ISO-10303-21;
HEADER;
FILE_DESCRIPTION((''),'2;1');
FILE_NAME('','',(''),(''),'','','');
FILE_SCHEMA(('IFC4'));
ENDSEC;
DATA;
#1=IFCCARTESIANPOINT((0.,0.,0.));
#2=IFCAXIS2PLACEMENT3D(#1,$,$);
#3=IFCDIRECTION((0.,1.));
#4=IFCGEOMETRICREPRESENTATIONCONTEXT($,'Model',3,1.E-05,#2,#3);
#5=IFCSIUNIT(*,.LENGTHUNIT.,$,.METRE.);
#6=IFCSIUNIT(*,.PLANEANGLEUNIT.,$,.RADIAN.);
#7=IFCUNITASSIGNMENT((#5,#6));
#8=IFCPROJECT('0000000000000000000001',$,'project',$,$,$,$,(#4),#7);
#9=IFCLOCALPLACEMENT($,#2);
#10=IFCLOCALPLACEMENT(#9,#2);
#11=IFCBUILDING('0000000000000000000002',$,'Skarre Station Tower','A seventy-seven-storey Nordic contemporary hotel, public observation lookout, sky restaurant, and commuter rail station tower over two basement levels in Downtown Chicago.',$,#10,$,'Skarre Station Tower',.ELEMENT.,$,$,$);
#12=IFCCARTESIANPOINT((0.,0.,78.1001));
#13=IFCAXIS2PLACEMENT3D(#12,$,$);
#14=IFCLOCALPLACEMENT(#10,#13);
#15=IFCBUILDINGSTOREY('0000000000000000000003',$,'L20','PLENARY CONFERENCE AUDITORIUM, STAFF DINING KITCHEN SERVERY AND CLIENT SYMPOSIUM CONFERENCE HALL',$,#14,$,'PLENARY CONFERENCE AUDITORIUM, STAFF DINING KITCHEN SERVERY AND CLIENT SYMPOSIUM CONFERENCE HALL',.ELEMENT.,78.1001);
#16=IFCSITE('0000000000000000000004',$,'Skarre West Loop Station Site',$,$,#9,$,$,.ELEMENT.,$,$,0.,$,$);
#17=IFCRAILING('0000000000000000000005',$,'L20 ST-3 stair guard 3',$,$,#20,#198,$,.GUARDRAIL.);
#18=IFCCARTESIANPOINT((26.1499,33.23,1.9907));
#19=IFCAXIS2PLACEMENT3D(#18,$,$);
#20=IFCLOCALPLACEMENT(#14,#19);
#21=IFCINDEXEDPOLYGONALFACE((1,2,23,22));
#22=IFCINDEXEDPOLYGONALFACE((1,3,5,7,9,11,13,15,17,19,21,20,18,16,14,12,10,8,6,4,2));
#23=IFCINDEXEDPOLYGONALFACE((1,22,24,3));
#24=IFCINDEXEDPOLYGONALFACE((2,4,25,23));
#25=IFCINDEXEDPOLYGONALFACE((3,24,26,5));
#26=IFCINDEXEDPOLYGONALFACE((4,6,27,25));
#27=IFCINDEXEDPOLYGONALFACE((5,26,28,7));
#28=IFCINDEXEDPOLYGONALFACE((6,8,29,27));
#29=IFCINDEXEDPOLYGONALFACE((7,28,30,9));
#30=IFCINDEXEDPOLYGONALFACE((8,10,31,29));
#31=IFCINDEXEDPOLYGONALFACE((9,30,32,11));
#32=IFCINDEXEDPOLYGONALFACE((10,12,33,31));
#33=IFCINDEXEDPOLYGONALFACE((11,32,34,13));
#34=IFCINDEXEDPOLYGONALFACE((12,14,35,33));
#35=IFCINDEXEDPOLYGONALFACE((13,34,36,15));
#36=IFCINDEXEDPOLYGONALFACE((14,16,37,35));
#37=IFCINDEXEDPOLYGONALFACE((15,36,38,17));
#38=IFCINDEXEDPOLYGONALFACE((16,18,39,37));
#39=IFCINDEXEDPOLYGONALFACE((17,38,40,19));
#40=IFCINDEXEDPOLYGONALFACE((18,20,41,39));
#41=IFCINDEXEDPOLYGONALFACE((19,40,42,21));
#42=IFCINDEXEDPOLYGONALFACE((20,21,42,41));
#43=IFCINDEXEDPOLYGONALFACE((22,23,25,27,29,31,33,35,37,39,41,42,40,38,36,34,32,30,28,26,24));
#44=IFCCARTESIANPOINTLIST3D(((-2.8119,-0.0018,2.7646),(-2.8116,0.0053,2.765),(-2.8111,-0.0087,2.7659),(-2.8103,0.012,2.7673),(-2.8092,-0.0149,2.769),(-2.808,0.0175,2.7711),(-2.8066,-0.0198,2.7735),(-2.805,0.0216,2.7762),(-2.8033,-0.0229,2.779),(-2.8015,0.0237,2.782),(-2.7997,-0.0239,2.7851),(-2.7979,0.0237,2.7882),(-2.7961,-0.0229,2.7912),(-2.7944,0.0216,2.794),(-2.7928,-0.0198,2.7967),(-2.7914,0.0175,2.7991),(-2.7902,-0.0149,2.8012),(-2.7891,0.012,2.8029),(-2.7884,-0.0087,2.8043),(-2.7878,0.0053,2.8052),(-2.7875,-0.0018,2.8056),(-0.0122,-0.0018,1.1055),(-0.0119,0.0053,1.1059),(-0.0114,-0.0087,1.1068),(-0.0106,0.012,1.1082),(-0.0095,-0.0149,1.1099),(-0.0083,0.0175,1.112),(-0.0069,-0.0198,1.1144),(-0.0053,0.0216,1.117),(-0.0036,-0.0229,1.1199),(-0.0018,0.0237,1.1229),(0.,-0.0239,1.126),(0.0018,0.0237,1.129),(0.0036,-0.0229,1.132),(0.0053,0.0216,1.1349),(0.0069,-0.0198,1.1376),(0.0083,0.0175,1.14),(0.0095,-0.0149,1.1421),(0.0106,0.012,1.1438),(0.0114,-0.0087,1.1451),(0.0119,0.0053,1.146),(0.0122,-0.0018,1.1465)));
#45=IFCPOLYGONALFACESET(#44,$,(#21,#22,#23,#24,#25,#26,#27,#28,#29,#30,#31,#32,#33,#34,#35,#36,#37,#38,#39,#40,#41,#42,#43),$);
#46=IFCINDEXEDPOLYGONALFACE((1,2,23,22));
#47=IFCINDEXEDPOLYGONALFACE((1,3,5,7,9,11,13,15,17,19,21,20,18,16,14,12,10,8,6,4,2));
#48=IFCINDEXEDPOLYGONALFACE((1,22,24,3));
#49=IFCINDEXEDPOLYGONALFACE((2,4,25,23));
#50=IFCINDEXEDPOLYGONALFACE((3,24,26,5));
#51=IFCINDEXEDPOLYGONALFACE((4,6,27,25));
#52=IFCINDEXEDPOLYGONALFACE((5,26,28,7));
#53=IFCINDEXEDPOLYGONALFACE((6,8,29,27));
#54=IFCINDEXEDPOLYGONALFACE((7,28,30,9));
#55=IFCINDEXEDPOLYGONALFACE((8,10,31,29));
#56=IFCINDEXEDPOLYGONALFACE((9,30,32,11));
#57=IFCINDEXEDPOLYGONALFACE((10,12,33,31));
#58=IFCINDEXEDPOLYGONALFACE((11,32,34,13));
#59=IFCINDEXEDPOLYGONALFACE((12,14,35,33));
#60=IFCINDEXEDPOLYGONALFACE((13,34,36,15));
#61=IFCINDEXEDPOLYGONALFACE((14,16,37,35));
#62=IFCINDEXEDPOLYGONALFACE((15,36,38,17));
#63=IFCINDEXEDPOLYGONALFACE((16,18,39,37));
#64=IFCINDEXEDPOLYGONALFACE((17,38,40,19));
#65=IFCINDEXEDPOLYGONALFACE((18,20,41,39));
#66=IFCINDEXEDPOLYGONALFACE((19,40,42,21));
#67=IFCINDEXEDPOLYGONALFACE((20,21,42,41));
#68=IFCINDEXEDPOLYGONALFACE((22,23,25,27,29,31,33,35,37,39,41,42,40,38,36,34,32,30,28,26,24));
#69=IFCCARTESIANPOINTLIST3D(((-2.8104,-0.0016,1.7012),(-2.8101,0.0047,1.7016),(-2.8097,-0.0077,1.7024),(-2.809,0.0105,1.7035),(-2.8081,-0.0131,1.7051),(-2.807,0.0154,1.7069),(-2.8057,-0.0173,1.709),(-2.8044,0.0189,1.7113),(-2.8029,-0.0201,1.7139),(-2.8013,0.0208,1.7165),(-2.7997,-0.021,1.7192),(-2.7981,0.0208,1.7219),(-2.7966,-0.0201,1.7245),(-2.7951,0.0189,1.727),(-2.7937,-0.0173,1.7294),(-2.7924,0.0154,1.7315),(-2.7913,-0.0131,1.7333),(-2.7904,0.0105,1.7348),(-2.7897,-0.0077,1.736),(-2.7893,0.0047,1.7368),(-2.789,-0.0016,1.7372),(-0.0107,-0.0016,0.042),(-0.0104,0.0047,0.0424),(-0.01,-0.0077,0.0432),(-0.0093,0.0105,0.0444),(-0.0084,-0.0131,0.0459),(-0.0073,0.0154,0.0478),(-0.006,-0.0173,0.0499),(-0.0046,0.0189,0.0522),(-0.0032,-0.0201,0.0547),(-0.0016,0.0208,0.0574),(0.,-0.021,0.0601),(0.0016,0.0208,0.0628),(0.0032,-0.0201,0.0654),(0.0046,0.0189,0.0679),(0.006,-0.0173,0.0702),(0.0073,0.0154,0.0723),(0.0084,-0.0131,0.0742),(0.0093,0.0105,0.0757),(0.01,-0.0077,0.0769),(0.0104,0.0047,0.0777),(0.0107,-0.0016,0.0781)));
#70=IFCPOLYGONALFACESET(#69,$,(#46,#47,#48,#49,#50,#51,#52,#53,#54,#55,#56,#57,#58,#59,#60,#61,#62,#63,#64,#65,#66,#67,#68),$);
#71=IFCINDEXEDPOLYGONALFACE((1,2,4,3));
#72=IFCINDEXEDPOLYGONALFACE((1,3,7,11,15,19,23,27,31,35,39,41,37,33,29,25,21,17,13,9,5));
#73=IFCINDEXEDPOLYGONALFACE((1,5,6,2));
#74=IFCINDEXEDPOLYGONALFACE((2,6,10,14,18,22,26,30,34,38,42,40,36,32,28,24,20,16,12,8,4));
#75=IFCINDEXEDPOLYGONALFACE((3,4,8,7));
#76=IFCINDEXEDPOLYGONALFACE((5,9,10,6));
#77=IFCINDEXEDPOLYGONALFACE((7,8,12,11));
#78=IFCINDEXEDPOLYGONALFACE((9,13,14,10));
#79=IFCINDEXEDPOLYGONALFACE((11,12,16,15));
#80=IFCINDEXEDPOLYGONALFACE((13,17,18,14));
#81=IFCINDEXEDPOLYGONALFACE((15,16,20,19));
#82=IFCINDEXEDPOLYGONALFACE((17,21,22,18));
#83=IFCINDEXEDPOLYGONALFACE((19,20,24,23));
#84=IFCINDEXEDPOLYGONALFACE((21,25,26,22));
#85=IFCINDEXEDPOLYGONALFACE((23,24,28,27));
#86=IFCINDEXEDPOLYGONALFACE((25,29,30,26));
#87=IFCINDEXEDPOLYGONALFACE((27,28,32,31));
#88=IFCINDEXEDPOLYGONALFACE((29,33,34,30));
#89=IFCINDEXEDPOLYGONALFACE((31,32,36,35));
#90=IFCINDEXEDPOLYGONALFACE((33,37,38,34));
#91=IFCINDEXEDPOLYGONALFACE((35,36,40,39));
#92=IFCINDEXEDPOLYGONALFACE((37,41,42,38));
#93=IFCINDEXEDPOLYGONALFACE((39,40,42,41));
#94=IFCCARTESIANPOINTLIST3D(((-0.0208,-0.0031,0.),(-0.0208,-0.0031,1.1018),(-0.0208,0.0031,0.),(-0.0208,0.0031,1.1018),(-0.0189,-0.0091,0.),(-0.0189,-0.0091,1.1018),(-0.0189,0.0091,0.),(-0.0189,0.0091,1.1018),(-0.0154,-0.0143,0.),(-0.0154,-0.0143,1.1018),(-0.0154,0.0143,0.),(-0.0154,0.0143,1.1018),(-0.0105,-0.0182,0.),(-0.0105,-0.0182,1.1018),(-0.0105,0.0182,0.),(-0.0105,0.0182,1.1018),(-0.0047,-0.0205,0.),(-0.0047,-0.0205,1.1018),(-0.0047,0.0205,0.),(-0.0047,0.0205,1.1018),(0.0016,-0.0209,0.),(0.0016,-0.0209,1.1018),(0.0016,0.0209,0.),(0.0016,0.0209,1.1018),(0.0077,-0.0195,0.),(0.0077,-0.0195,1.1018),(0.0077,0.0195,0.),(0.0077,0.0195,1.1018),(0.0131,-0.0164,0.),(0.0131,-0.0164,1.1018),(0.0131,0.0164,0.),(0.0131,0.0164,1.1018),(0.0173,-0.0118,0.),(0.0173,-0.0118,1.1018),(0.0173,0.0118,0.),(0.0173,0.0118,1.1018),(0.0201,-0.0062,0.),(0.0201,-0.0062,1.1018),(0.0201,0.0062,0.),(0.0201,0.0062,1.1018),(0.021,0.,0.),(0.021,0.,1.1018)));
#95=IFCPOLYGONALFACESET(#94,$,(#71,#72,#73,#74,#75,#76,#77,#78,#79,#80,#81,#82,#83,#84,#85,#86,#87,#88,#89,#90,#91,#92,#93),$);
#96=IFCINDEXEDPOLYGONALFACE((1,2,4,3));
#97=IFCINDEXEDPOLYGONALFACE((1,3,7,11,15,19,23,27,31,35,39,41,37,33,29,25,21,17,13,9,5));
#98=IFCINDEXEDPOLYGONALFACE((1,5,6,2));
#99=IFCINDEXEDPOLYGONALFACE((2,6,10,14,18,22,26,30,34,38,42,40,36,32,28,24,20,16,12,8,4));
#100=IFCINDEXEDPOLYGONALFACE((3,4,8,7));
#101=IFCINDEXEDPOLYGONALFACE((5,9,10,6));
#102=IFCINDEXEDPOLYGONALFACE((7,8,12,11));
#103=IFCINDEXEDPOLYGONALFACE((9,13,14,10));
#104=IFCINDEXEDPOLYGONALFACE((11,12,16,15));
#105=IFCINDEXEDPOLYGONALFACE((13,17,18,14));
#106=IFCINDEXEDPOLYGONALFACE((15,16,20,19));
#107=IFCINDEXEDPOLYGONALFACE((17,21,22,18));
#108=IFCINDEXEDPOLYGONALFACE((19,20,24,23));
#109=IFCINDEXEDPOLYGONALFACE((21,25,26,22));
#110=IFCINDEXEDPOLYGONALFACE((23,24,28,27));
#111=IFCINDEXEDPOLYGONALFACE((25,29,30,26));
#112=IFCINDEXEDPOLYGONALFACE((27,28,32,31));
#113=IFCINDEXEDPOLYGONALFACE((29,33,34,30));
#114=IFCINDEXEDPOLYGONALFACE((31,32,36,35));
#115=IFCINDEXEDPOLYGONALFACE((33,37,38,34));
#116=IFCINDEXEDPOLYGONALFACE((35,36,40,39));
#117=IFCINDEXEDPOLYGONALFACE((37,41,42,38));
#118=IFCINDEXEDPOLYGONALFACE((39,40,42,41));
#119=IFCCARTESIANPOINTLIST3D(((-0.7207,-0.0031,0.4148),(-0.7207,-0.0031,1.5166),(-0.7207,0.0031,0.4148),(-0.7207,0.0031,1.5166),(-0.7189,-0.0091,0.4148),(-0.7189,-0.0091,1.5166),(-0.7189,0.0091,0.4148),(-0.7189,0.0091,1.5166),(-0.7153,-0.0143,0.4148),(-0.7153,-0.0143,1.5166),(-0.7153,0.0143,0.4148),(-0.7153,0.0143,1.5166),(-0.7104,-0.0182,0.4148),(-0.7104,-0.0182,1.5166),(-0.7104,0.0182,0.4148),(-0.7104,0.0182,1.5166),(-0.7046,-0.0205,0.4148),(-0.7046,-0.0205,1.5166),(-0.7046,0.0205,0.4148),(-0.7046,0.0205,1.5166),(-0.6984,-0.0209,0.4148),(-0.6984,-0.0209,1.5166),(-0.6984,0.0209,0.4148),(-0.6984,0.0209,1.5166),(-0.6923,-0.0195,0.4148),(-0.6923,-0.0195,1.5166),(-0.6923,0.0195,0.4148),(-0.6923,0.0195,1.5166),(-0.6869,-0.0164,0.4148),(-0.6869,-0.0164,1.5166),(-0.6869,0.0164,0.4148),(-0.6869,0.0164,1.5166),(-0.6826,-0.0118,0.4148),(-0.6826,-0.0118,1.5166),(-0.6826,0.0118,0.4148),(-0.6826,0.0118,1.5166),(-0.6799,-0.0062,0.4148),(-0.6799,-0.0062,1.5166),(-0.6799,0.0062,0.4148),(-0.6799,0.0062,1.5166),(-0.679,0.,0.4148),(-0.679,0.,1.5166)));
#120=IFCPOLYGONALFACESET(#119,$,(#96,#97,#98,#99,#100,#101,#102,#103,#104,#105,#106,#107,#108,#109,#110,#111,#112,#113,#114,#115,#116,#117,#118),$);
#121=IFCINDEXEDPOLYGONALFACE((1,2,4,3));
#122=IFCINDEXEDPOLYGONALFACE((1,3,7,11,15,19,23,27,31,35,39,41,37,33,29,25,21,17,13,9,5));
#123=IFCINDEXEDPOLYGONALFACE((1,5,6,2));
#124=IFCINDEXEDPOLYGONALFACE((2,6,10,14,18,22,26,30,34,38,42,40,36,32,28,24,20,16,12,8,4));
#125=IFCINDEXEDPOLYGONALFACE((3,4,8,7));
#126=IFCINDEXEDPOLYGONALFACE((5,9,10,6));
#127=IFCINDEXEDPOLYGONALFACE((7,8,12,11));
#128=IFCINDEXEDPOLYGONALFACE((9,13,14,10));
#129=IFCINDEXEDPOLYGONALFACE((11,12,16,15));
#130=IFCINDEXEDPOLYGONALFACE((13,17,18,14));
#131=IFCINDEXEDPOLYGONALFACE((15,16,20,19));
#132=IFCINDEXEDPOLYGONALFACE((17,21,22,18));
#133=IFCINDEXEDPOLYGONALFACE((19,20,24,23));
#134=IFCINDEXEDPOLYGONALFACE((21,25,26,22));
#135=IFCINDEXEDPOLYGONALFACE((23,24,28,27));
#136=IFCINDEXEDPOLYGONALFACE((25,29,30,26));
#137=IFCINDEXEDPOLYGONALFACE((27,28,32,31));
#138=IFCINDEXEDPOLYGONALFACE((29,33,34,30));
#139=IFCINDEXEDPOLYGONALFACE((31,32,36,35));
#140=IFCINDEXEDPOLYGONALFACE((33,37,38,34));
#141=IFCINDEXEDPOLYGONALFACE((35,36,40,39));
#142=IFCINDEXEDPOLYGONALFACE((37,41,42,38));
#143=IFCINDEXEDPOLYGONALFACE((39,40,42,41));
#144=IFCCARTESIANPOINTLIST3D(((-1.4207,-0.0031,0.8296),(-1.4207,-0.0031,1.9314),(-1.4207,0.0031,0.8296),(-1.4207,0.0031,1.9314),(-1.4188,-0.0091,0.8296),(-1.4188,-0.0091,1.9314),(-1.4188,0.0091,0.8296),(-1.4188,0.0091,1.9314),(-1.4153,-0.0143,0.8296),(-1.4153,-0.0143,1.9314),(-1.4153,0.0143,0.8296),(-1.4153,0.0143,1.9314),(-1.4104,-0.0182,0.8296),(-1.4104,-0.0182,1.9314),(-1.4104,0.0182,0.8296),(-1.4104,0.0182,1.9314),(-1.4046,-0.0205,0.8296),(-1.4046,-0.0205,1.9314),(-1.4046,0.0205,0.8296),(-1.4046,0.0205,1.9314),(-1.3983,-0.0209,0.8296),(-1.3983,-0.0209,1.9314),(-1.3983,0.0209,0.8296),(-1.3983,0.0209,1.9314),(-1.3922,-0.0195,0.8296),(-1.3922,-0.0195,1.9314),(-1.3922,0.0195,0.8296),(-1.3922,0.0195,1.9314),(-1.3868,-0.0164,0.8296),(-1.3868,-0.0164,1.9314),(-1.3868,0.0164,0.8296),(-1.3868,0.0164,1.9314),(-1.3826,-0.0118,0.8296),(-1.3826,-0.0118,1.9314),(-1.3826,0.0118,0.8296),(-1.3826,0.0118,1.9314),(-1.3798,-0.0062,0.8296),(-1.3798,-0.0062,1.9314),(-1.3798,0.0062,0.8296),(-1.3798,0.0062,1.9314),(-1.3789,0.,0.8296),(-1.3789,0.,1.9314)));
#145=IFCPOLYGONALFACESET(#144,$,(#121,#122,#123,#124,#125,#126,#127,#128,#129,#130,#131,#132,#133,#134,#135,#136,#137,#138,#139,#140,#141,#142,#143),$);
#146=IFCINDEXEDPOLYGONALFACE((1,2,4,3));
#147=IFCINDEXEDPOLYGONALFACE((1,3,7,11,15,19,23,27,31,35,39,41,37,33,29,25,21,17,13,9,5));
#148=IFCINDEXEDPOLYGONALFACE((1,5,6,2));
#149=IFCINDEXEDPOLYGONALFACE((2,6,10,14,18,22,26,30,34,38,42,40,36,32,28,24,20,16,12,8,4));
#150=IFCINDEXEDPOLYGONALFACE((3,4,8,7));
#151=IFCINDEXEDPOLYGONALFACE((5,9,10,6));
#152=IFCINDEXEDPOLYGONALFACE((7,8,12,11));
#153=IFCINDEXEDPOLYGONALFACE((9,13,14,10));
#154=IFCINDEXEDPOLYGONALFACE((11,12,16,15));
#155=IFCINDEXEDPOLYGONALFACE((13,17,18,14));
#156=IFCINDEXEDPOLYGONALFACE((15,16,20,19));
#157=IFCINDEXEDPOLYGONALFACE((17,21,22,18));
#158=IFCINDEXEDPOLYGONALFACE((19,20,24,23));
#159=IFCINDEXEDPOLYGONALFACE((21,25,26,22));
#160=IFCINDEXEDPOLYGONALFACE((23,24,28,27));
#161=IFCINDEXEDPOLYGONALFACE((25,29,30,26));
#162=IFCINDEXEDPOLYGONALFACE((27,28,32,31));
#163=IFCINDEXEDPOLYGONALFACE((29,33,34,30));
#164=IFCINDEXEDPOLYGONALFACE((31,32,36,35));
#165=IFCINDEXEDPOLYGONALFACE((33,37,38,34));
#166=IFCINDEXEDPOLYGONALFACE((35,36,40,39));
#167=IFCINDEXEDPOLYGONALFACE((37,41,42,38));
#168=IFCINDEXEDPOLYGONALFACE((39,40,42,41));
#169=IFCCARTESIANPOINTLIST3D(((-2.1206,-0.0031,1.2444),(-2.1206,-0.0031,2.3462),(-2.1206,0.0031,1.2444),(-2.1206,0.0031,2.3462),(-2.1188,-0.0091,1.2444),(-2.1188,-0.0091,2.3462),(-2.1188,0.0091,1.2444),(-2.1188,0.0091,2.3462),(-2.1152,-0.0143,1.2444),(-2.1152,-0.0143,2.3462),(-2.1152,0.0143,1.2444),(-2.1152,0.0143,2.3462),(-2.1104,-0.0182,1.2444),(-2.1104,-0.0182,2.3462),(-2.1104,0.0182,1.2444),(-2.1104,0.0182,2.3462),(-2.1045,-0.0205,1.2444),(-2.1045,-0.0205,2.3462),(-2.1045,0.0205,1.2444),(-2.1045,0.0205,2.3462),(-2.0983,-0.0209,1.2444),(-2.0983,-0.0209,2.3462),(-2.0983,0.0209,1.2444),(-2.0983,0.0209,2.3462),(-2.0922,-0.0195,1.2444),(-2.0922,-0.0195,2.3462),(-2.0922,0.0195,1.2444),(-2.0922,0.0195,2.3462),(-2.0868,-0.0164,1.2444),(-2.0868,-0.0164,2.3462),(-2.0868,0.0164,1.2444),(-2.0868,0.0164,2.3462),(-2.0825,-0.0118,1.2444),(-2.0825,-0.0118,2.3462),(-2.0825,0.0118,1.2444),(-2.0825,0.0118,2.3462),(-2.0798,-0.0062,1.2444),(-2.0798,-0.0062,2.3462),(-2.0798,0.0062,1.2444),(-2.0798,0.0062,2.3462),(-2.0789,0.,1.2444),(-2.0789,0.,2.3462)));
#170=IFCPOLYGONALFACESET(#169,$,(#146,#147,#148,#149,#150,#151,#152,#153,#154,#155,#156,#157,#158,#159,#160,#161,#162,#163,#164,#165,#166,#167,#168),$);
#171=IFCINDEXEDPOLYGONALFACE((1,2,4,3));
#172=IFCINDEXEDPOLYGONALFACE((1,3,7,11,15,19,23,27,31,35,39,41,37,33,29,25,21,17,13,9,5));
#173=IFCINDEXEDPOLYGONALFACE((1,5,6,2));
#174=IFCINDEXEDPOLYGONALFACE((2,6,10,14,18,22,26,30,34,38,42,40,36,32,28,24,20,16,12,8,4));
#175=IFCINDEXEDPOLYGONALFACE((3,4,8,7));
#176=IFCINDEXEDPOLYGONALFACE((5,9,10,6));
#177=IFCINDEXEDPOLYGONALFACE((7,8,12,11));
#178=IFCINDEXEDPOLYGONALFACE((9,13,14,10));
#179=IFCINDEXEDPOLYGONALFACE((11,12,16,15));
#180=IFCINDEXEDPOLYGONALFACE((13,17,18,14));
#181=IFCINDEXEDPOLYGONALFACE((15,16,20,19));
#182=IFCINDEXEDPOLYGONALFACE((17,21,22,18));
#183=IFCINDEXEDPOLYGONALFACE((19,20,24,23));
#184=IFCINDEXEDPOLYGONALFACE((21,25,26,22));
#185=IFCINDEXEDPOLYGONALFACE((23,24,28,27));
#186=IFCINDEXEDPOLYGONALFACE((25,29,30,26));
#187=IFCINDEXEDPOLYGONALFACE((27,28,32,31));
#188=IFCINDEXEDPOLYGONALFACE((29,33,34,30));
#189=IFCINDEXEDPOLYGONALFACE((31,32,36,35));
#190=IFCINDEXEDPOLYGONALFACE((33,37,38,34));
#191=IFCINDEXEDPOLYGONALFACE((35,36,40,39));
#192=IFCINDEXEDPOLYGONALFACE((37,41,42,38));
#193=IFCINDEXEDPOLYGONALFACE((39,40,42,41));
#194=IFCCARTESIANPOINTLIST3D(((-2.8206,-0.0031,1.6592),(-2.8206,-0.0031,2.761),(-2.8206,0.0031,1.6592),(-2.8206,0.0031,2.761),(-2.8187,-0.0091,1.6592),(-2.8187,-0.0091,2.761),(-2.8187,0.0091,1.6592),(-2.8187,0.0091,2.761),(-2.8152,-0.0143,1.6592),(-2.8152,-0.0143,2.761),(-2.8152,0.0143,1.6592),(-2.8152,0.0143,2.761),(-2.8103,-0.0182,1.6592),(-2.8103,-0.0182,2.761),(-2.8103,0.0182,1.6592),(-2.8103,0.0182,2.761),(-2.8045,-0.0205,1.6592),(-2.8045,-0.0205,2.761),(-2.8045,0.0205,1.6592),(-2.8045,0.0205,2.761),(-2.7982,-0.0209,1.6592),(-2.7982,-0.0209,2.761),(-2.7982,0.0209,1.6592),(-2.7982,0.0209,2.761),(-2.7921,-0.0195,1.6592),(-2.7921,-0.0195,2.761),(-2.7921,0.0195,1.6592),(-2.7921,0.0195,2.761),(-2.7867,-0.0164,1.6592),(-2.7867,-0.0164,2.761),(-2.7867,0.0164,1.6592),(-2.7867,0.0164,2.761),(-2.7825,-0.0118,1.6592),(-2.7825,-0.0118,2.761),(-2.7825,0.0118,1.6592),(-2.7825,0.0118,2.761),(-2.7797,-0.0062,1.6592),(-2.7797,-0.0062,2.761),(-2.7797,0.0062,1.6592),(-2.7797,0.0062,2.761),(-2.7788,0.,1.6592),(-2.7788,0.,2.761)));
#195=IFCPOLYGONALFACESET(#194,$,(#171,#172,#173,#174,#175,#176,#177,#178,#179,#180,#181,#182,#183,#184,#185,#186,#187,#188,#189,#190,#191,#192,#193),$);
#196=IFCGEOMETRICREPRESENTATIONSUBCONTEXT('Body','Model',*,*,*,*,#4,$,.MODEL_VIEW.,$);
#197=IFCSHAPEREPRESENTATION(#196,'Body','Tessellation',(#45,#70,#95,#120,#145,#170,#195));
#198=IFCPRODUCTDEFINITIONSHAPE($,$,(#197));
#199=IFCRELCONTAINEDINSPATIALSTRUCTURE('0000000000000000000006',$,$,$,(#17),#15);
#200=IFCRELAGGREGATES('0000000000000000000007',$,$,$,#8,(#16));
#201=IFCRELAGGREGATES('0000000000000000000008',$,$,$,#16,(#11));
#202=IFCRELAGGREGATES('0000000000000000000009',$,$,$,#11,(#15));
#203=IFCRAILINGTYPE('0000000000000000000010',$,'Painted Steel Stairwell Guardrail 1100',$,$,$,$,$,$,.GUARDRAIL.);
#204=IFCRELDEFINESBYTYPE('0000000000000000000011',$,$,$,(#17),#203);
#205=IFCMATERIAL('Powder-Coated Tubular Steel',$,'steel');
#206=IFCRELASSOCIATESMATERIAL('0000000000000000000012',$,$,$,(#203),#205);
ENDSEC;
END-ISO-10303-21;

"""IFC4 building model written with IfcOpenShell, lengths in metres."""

from ifc_helpers import new_model, si_unit, direction, frame, origin, origin_2d, place, context, subcontext, project, spatial, circle, extrude, material, type_object, element, save


model = new_model("IFC4")

# Units and contexts
model_context = context("Model", 3, precision=1e-05, world=origin(), true_north=direction((0.0, 1.0)))
body_context = subcontext(model_context, "Body", "Model", "MODEL_VIEW")
ifc_project = project(units=[si_unit("LENGTHUNIT", "METRE"), si_unit("PLANEANGLEUNIT", "RADIAN")], contexts=[model_context])

# Site, building, storey
site_placement = place(None, origin())
site = spatial("IfcSite", under=ifc_project, at=site_placement, Name="Skarre West Loop Station Site", CompositionType="ELEMENT", RefElevation=0.0)
building_placement = place(site_placement, origin())
building = spatial("IfcBuilding", under=site, at=building_placement, Name="Skarre Station Tower", Description="A seventy-seven-storey Nordic contemporary hotel, public observation lookout, sky restaurant, and commuter rail station tower over two basement levels in Downtown Chicago.", LongName="Skarre Station Tower", CompositionType="ELEMENT")
storey_placement = place(building_placement, frame((0.0, 0.0, 78.1001)))
storey = spatial("IfcBuildingStorey", under=building, at=storey_placement, Name="L20", Description="PLENARY CONFERENCE AUDITORIUM, STAFF DINING KITCHEN SERVERY AND CLIENT SYMPOSIUM CONFERENCE HALL", LongName="PLENARY CONFERENCE AUDITORIUM, STAFF DINING KITCHEN SERVERY AND CLIENT SYMPOSIUM CONFERENCE HALL", CompositionType="ELEMENT", Elevation=78.1001)

# Railing
ifc_material_1 = material(Name="Powder-Coated Tubular Steel", Category="steel")
railing_type_1 = type_object("IfcRailingType", Name="Painted Steel Stairwell Guardrail 1100", PredefinedType="GUARDRAIL", material=ifc_material_1)
railing_1_placement = place(storey_placement, frame((26.1499, 33.23, 1.9907)))
element("IfcRailing", 1, at=railing_1_placement, inside=storey, type_object=railing_type_1, Name="L20 ST-3 stair guard 3", PredefinedType="GUARDRAIL", context=body_context, shape_type="SweptSolid", body=[
    extrude(circle(Radius=0.0239, at=origin_2d()), frame((0.0, 0.0, 1.126), z_axis=(-0.860287, 0.0, 0.509811), x_axis=(0.0, -1.0, 0.0)), (0.0, 0.0, 1.0), 3.2544),
    extrude(circle(Radius=0.021, at=origin_2d()), frame((0.0, 0.0, 0.0601), z_axis=(-0.860287, 0.0, 0.509811), x_axis=(0.0, -1.0, 0.0)), (0.0, 0.0, 1.0), 3.2544),
    extrude(circle(Radius=0.021, at=origin_2d()), origin(), (0.0, 0.0, 1.0), 1.1018),
    extrude(circle(Radius=0.021, at=origin_2d()), frame((-0.7, 0.0, 0.4148)), (0.0, 0.0, 1.0), 1.1018),
    extrude(circle(Radius=0.021, at=origin_2d()), frame((-1.3999, 0.0, 0.8296)), (0.0, 0.0, 1.0), 1.1018),
    extrude(circle(Radius=0.021, at=origin_2d()), frame((-2.0999, 0.0, 1.2444)), (0.0, 0.0, 1.0), 1.1018),
    extrude(circle(Radius=0.021, at=origin_2d()), frame((-2.7998, 0.0, 1.6592)), (0.0, 0.0, 1.0), 1.1018),
])

save(model, "model.ifc")
